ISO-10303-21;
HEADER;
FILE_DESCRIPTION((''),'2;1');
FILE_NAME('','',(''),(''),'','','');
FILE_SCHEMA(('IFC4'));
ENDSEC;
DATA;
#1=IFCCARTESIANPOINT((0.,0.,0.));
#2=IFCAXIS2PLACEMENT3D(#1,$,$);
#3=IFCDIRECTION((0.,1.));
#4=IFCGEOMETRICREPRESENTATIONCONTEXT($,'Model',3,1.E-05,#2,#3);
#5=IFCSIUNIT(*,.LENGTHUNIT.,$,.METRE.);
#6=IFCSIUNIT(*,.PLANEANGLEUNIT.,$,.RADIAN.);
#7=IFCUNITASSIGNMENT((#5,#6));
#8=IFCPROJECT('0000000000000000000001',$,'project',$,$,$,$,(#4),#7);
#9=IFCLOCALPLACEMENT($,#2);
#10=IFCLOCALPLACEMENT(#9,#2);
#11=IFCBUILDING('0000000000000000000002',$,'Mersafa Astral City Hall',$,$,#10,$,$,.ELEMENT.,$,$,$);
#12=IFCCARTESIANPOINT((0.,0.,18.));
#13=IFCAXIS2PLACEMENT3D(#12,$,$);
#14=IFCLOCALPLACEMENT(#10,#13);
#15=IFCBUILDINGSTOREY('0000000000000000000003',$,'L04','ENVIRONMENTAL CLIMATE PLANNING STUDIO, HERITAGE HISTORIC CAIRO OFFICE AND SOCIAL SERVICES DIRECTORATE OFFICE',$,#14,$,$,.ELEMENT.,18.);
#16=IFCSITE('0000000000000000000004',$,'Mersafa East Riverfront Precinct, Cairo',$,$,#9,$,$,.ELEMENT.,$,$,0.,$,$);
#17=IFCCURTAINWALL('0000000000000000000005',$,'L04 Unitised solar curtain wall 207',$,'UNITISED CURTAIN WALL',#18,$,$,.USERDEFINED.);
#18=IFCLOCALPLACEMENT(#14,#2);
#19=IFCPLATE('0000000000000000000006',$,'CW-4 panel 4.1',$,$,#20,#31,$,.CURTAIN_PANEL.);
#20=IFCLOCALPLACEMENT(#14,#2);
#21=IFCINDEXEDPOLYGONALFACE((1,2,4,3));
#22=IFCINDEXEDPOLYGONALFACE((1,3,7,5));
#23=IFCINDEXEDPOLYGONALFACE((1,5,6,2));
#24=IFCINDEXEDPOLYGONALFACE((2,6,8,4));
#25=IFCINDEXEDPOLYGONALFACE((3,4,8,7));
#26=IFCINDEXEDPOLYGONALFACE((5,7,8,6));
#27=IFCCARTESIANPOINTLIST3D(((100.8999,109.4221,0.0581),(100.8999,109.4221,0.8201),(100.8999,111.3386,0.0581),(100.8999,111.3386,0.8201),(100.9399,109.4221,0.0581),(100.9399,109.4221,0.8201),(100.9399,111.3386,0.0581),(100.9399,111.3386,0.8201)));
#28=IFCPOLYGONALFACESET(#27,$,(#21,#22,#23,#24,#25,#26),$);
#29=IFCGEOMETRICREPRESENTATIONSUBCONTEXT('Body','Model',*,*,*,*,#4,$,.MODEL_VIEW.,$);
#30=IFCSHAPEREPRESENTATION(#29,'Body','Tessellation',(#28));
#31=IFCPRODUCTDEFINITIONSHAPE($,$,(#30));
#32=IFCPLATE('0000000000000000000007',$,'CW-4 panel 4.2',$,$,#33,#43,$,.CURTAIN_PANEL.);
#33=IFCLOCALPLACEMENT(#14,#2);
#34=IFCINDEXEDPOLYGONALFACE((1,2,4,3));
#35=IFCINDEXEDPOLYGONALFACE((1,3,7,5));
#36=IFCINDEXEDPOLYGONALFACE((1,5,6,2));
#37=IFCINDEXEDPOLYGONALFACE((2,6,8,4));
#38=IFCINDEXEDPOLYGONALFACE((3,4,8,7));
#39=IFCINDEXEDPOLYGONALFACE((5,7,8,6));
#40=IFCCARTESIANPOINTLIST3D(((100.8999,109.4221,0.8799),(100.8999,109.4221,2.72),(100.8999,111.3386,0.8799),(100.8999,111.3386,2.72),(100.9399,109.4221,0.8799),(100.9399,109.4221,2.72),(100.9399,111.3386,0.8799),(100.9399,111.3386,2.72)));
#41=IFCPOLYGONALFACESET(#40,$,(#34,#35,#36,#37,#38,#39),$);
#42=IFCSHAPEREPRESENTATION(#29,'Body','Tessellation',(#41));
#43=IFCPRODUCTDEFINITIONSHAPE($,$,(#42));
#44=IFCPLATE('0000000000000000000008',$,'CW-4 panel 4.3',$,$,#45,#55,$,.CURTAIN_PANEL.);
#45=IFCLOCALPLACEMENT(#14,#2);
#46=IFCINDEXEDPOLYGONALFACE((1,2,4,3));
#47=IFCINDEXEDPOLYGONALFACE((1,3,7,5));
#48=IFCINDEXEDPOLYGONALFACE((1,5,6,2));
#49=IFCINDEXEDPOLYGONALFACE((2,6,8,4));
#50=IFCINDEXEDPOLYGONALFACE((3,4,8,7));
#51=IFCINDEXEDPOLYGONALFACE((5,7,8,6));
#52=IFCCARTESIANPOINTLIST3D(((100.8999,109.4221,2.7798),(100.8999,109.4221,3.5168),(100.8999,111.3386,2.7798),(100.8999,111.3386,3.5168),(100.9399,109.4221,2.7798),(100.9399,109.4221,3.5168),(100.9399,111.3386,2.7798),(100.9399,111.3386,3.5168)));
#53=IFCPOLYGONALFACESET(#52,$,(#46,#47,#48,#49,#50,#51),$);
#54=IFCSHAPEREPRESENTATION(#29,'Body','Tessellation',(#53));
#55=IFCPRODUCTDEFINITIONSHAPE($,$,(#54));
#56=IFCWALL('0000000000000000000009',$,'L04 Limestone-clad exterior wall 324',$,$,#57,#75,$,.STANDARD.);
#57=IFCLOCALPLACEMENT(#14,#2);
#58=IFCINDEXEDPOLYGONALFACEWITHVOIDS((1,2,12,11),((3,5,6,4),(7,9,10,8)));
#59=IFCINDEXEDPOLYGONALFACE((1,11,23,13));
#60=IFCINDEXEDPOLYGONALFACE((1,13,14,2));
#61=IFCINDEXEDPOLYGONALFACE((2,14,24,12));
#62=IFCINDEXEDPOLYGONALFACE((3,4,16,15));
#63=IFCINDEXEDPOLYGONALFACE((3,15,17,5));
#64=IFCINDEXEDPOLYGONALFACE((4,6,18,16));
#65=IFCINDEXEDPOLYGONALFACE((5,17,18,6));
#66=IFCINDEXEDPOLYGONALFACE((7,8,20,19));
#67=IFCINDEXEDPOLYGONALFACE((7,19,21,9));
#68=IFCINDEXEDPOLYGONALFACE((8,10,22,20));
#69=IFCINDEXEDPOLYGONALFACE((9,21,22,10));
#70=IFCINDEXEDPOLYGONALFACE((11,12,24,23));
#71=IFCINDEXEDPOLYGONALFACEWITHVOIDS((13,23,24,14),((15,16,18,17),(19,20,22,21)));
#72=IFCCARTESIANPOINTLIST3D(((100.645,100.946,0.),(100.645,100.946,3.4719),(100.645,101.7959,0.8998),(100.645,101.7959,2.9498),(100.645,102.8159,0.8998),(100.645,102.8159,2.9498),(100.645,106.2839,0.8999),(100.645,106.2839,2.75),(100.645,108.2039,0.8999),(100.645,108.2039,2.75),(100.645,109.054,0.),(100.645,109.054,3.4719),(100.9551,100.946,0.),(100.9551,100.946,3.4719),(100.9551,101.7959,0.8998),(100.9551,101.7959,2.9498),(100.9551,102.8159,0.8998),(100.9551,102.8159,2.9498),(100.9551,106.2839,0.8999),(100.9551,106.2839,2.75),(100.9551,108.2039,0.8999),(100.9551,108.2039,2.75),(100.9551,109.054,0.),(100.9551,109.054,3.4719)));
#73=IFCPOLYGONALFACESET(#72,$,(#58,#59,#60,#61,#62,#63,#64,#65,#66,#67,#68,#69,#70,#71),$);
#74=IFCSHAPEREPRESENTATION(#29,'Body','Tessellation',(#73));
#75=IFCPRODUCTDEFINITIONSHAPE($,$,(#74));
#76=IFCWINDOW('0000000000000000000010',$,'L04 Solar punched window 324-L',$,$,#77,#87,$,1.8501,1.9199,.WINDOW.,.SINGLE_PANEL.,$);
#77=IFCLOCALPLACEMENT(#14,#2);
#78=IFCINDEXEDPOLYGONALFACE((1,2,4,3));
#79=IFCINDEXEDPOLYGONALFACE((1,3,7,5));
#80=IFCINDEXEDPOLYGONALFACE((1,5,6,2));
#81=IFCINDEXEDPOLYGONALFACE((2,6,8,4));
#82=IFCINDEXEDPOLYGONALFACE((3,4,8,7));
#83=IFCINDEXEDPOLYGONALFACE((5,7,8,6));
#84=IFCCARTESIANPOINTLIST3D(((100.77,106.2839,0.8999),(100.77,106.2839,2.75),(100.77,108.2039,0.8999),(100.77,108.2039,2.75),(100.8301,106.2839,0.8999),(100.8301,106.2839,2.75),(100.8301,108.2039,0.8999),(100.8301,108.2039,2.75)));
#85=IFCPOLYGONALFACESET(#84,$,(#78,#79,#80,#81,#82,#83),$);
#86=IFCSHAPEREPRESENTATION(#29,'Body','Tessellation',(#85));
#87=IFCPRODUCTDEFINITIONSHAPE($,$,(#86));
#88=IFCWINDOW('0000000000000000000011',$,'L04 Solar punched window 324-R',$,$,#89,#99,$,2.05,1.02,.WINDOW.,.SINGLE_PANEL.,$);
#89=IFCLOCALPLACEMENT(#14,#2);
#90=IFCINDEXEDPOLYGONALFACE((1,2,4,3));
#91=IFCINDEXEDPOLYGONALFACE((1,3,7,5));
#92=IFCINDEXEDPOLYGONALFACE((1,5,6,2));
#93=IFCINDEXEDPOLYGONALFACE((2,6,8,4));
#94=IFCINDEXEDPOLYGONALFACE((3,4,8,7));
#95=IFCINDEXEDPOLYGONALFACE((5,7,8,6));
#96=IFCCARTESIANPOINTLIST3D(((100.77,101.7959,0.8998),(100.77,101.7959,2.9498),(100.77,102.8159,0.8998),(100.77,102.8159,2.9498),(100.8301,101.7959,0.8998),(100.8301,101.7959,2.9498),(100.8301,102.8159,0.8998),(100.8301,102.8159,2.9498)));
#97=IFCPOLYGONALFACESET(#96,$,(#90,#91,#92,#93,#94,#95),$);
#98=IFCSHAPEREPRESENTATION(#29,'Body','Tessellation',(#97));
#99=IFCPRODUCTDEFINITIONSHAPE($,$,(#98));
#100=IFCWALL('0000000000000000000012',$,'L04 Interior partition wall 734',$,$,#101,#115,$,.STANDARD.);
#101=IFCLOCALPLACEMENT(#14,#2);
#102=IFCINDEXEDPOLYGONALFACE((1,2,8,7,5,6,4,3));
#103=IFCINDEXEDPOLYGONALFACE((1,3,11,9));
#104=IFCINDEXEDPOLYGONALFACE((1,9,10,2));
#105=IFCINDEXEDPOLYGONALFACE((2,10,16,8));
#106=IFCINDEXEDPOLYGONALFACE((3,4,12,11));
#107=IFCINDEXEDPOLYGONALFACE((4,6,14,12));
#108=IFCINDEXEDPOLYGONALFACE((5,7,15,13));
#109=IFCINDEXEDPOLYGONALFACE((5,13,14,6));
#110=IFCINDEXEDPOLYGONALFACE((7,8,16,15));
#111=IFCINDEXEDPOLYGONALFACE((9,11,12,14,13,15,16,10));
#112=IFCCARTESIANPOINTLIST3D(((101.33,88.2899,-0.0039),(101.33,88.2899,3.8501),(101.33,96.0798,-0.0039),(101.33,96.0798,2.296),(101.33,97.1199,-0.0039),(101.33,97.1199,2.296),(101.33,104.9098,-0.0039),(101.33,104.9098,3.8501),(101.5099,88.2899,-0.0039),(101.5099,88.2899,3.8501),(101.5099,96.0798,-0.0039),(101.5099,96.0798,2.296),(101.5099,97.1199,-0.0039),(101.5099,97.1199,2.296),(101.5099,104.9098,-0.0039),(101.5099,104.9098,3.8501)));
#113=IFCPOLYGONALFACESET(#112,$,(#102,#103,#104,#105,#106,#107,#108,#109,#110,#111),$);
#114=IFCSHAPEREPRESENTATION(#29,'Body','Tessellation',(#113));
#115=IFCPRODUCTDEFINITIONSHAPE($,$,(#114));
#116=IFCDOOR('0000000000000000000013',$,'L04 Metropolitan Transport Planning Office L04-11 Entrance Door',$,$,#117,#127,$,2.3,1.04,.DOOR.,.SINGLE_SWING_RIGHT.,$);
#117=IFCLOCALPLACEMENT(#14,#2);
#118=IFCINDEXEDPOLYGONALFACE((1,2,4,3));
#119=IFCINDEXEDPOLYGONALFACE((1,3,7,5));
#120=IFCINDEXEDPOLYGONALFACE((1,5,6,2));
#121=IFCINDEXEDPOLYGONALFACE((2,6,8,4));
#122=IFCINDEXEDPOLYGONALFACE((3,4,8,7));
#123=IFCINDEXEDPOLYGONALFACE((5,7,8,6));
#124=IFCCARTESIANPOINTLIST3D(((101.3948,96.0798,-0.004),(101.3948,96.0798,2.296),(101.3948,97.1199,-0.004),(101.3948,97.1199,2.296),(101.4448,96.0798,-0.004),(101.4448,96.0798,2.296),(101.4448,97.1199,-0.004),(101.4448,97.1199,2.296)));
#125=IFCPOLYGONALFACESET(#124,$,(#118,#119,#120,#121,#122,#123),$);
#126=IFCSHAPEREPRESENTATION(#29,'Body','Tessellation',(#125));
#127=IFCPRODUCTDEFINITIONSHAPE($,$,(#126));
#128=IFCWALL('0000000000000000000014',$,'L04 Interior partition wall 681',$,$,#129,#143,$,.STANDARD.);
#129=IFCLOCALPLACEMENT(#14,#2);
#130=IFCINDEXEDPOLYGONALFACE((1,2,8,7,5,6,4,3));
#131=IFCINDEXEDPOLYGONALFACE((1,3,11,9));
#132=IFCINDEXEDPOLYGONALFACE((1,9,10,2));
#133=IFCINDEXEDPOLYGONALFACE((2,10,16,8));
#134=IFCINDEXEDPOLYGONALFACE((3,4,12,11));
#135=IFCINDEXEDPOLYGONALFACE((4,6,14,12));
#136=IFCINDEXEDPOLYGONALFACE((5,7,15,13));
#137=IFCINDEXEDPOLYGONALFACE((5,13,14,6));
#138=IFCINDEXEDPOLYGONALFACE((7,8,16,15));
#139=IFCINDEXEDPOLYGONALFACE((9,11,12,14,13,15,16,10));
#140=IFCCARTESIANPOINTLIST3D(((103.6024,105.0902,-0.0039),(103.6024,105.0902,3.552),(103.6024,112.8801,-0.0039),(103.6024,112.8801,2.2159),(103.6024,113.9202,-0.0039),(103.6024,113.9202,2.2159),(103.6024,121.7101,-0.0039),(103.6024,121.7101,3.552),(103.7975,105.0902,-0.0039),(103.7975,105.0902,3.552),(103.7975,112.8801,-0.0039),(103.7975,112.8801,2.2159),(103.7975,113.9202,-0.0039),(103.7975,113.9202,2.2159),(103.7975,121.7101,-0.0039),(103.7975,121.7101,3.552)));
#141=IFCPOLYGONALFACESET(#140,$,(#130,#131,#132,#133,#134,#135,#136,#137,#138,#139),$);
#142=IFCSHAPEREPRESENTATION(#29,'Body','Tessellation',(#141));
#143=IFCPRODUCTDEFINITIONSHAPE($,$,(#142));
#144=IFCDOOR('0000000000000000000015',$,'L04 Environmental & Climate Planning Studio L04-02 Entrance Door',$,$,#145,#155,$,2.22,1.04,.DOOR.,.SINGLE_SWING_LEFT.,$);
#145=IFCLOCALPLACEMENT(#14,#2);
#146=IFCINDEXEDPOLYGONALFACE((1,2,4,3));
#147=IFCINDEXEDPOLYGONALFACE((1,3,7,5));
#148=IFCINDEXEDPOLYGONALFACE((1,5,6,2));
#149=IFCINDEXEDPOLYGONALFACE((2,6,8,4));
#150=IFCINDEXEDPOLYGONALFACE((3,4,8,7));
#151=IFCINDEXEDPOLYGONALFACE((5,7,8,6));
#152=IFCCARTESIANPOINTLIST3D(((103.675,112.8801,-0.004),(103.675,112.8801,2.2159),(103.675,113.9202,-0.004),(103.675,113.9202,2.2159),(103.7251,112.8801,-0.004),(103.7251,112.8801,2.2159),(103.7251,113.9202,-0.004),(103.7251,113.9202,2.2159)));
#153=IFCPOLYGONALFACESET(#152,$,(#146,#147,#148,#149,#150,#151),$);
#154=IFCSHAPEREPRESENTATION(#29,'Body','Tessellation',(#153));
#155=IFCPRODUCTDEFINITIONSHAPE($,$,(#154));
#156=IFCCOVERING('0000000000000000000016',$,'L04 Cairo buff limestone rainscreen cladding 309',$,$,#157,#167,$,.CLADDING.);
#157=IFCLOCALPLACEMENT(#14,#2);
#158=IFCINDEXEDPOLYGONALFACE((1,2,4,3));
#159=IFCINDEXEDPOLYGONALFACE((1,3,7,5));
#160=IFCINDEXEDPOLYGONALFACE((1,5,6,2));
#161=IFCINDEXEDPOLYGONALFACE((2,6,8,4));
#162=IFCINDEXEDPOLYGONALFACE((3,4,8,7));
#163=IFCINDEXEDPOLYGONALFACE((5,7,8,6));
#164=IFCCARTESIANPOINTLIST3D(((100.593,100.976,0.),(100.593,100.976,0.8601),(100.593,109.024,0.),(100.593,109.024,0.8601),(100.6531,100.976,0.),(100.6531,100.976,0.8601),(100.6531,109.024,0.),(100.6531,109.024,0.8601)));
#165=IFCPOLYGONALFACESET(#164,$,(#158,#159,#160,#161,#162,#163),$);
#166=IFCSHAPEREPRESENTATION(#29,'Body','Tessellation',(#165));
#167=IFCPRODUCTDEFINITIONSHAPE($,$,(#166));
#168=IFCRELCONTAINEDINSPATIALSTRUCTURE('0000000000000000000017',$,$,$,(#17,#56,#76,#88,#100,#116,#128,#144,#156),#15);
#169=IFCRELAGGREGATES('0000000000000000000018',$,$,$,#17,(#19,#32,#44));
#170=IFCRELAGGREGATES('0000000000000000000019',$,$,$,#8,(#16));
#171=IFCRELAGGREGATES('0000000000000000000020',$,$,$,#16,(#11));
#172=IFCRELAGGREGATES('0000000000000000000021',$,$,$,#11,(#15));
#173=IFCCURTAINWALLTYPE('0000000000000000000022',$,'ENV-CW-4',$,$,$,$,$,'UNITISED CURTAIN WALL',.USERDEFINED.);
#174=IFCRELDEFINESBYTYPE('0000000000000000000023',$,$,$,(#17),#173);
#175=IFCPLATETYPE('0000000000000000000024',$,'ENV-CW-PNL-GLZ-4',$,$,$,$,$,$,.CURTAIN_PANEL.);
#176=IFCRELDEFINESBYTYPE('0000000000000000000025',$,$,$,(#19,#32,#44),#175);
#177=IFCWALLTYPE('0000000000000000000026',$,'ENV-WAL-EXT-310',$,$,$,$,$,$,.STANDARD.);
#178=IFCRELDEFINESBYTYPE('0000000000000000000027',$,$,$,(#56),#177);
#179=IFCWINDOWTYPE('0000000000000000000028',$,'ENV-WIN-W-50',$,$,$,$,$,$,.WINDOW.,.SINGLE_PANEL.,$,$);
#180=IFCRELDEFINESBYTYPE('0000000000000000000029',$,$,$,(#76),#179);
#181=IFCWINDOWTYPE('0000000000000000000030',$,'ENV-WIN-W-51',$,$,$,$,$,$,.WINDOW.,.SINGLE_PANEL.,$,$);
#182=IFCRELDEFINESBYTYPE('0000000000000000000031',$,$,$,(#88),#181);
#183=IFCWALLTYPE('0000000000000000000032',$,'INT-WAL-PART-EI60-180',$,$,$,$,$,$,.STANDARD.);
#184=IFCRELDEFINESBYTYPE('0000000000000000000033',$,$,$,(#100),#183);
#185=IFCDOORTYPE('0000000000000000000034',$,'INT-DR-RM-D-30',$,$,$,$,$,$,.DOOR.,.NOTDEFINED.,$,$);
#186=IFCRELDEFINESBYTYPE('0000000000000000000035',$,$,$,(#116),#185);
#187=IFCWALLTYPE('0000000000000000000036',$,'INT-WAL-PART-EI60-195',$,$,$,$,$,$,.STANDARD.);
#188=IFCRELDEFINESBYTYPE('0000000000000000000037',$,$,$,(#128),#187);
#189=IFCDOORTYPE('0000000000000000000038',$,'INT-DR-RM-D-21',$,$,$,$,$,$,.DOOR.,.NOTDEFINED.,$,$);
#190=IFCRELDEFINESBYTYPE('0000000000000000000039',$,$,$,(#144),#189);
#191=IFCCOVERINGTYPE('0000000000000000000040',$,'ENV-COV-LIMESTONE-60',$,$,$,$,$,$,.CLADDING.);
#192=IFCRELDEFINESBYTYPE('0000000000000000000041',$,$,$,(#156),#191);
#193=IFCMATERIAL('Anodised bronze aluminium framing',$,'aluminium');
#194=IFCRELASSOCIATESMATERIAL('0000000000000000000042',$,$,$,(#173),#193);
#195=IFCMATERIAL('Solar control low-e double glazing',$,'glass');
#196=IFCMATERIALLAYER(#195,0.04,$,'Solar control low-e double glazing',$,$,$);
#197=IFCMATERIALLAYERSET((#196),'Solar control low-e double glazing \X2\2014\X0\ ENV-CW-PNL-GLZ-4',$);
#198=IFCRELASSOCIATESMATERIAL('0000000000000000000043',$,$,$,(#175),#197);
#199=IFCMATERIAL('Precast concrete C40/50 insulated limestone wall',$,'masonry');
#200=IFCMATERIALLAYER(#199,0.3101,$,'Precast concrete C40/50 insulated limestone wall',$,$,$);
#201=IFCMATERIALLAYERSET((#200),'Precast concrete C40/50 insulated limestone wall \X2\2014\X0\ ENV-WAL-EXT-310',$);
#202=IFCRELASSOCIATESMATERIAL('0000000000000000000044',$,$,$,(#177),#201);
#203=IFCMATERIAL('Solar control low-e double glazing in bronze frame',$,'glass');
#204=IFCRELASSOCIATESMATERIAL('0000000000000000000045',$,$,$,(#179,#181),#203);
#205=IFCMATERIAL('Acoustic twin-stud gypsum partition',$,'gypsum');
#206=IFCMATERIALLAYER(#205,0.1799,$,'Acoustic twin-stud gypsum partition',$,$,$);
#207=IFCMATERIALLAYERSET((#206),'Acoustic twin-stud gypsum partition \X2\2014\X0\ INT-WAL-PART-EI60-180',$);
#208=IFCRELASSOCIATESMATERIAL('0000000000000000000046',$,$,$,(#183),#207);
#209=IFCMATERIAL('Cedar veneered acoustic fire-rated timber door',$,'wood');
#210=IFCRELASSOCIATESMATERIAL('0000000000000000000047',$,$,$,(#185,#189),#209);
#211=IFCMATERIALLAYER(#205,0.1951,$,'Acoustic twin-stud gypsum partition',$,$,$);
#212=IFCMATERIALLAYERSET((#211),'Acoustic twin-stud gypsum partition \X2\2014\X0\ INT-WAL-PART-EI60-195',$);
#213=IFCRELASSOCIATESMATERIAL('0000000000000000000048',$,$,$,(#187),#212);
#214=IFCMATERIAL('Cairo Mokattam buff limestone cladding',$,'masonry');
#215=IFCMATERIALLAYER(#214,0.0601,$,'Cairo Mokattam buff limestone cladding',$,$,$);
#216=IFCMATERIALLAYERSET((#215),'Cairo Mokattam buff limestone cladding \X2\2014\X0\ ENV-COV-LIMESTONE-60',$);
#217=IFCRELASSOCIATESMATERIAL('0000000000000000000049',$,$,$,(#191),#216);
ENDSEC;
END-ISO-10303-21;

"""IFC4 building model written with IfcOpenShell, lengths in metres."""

from ifc_helpers import new_model, si_unit, direction, frame, frame_2d, origin, origin_2d, place, context, subcontext, project, spatial, rectangle, extrude, material, layer, layer_set, type_object, element, fill, aggregate, save


model = new_model("IFC4")

# Units and contexts
model_context = context("Model", 3, precision=1e-05, world=origin(), true_north=direction((0.0, 1.0)))
body_context = subcontext(model_context, "Body", "Model", "MODEL_VIEW")
ifc_project = project(units=[si_unit("LENGTHUNIT", "METRE"), si_unit("PLANEANGLEUNIT", "RADIAN")], contexts=[model_context])

# Site, building, storey
site_placement = place(None, origin())
site = spatial("IfcSite", under=ifc_project, at=site_placement, Name="Mersafa East Riverfront Precinct, Cairo", CompositionType="ELEMENT", RefElevation=0.0)
building_placement = place(site_placement, origin())
building = spatial("IfcBuilding", under=site, at=building_placement, Name="Mersafa Astral City Hall", CompositionType="ELEMENT")
storey_placement = place(building_placement, frame((0.0, 0.0, 18.0)))
storey = spatial("IfcBuildingStorey", under=building, at=storey_placement, Name="L04", Description="ENVIRONMENTAL CLIMATE PLANNING STUDIO, HERITAGE HISTORIC CAIRO OFFICE AND SOCIAL SERVICES DIRECTORATE OFFICE", CompositionType="ELEMENT", Elevation=18.0)

# Curtain wall
ifc_material_1 = material(Name="Anodised bronze aluminium framing", Category="aluminium")
curtain_wall_type = type_object("IfcCurtainWallType", Name="ENV-CW-4", ElementType="UNITISED CURTAIN WALL", PredefinedType="USERDEFINED", material=ifc_material_1)
curtain_wall_placement = place(storey_placement, origin())
curtain_wall = element("IfcCurtainWall", 1, at=curtain_wall_placement, inside=storey, type_object=curtain_wall_type, Name="L04 Unitised solar curtain wall 207", ObjectType="UNITISED CURTAIN WALL", PredefinedType="USERDEFINED")

# Plates
ifc_material_2 = material(Name="Solar control low-e double glazing", Category="glass")
ifc_layer_1 = layer(ifc_material_2, 0.04, Name="Solar control low-e double glazing")
ifc_layer_set_1 = layer_set([ifc_layer_1], Name="Solar control low-e double glazing — ENV-CW-PNL-GLZ-4")
plate_type = type_object("IfcPlateType", Name="ENV-CW-PNL-GLZ-4", PredefinedType="CURTAIN_PANEL", material=ifc_layer_set_1)
plate_1_placement = place(storey_placement, frame((100.9199, 110.3804, 0.0581), z_axis=(0.0, 0.0, 1.0), x_axis=(0.0, -1.0, 0.0)))
plate_1 = element("IfcPlate", 2, at=plate_1_placement, type_object=plate_type, Name="CW-4 panel 4.1", PredefinedType="CURTAIN_PANEL", context=body_context, shape_type="SweptSolid", body=[
    extrude(rectangle(XDim=1.9165, YDim=0.04, at=origin_2d()), origin(), (0.0, 0.0, 1.0), 0.762),
])
plate_2_placement = place(storey_placement, frame((100.9199, 110.3804, 0.8799), z_axis=(0.0, 0.0, 1.0), x_axis=(0.0, -1.0, 0.0)))
plate_2 = element("IfcPlate", 3, at=plate_2_placement, type_object=plate_type, Name="CW-4 panel 4.2", PredefinedType="CURTAIN_PANEL", context=body_context, shape_type="SweptSolid", body=[
    extrude(rectangle(XDim=1.9165, YDim=0.04, at=origin_2d()), origin(), (0.0, 0.0, 1.0), 1.8401),
])
plate_3_placement = place(storey_placement, frame((100.9199, 110.3804, 2.7798), z_axis=(0.0, 0.0, 1.0), x_axis=(0.0, -1.0, 0.0)))
plate_3 = element("IfcPlate", 4, at=plate_3_placement, type_object=plate_type, Name="CW-4 panel 4.3", PredefinedType="CURTAIN_PANEL", context=body_context, shape_type="SweptSolid", body=[
    extrude(rectangle(XDim=1.9165, YDim=0.04, at=origin_2d()), origin(), (0.0, 0.0, 1.0), 0.7371),
])
aggregate(curtain_wall, [plate_1, plate_2, plate_3])

# Wall, openings, windows
ifc_material_3 = material(Name="Precast concrete C40/50 insulated limestone wall", Category="masonry")
ifc_layer_2 = layer(ifc_material_3, 0.3101, Name="Precast concrete C40/50 insulated limestone wall")
ifc_layer_set_2 = layer_set([ifc_layer_2], Name="Precast concrete C40/50 insulated limestone wall — ENV-WAL-EXT-310")
wall_type_1 = type_object("IfcWallType", Name="ENV-WAL-EXT-310", PredefinedType="STANDARD", material=ifc_layer_set_2)
wall_1_placement = place(storey_placement, frame((100.8, 109.054, 0.0), z_axis=(0.0, 0.0, 1.0), x_axis=(0.0, -1.0, 0.0)))
wall_1 = element("IfcWall", 5, at=wall_1_placement, inside=storey, type_object=wall_type_1, Name="L04 Limestone-clad exterior wall 324", PredefinedType="STANDARD", context=body_context, shape_type="SweptSolid", body=[
    extrude(rectangle(XDim=8.1079, YDim=0.3101, at=frame_2d((4.054, 0.0))), origin(), (0.0, 0.0, 1.0), 3.4719),
])
opening_1_placement = place(wall_1_placement, frame((0.8501, 0.0, 0.8999)))
opening_1 = element("IfcOpeningElement", 6, at=opening_1_placement, cuts=wall_1, PredefinedType="OPENING", context=body_context, shape_type="SweptSolid", body=[
    extrude(rectangle(XDim=1.9199, YDim=1.8501, at=frame_2d((0.96, 0.925))), frame((0.0, 0.165, 0.0), z_axis=(0.0, -1.0, 0.0), x_axis=(1.0, 0.0, 0.0)), (0.0, 0.0, 1.0), 0.3301),
])
opening_2_placement = place(wall_1_placement, frame((6.238, 0.0, 0.8999)))
opening_2 = element("IfcOpeningElement", 7, at=opening_2_placement, cuts=wall_1, PredefinedType="OPENING", context=body_context, shape_type="SweptSolid", body=[
    extrude(rectangle(XDim=1.02, YDim=2.05, at=frame_2d((0.51, 1.0249))), frame((0.0, 0.165, 0.0), z_axis=(0.0, -1.0, 0.0), x_axis=(1.0, 0.0, 0.0)), (0.0, 0.0, 1.0), 0.3301),
])
ifc_material_4 = material(Name="Solar control low-e double glazing in bronze frame", Category="glass")
window_type_1 = type_object("IfcWindowType", Name="ENV-WIN-W-50", PartitioningType="SINGLE_PANEL", PredefinedType="WINDOW", material=ifc_material_4)
window_1_placement = place(opening_1_placement, origin())
window_1 = element("IfcWindow", 8, at=window_1_placement, inside=storey, type_object=window_type_1, Name="L04 Solar punched window 324-L", OverallHeight=1.8501, OverallWidth=1.9199, PartitioningType="SINGLE_PANEL", PredefinedType="WINDOW", context=body_context, shape_type="SweptSolid", body=[
    extrude(rectangle(XDim=1.9199, YDim=1.8501, at=frame_2d((0.96, 0.925))), frame((0.0, 0.03, 0.0), z_axis=(0.0, -1.0, 0.0), x_axis=(1.0, 0.0, 0.0)), (0.0, 0.0, 1.0), 0.0601),
])
fill(opening_1, window_1)
window_type_2 = type_object("IfcWindowType", Name="ENV-WIN-W-51", PartitioningType="SINGLE_PANEL", PredefinedType="WINDOW", material=ifc_material_4)
window_2_placement = place(opening_2_placement, origin())
window_2 = element("IfcWindow", 9, at=window_2_placement, inside=storey, type_object=window_type_2, Name="L04 Solar punched window 324-R", OverallHeight=2.05, OverallWidth=1.02, PartitioningType="SINGLE_PANEL", PredefinedType="WINDOW", context=body_context, shape_type="SweptSolid", body=[
    extrude(rectangle(XDim=1.02, YDim=2.05, at=frame_2d((0.51, 1.0249))), frame((0.0, 0.03, 0.0), z_axis=(0.0, -1.0, 0.0), x_axis=(1.0, 0.0, 0.0)), (0.0, 0.0, 1.0), 0.0601),
])
fill(opening_2, window_2)

# Walls, openings, doors
ifc_material_5 = material(Name="Acoustic twin-stud gypsum partition", Category="gypsum")
ifc_layer_3 = layer(ifc_material_5, 0.1799, Name="Acoustic twin-stud gypsum partition")
ifc_layer_set_3 = layer_set([ifc_layer_3], Name="Acoustic twin-stud gypsum partition — INT-WAL-PART-EI60-180")
wall_type_2 = type_object("IfcWallType", Name="INT-WAL-PART-EI60-180", PredefinedType="STANDARD", material=ifc_layer_set_3)
wall_2_placement = place(storey_placement, frame((101.4199, 104.9099, -0.0039), z_axis=(0.0, 0.0, 1.0), x_axis=(0.0, -1.0, 0.0)))
wall_2 = element("IfcWall", 10, at=wall_2_placement, inside=storey, type_object=wall_type_2, Name="L04 Interior partition wall 734", PredefinedType="STANDARD", context=body_context, shape_type="SweptSolid", body=[
    extrude(rectangle(XDim=16.6199, YDim=0.1799, at=frame_2d((8.3101, 0.0))), origin(), (0.0, 0.0, 1.0), 3.854),
])
opening_3_placement = place(wall_2_placement, frame((7.79, 0.0, 0.0)))
opening_3 = element("IfcOpeningElement", 11, at=opening_3_placement, cuts=wall_2, PredefinedType="OPENING", context=body_context, shape_type="SweptSolid", body=[
    extrude(rectangle(XDim=1.04, YDim=2.3, at=frame_2d((0.52, 1.1499))), frame((0.0, 0.0999, 0.0), z_axis=(0.0, -1.0, 0.0), x_axis=(1.0, 0.0, 0.0)), (0.0, 0.0, 1.0), 0.2),
])
ifc_material_6 = material(Name="Cedar veneered acoustic fire-rated timber door", Category="wood")
door_type_1 = type_object("IfcDoorType", Name="INT-DR-RM-D-30", OperationType="NOTDEFINED", PredefinedType="DOOR", material=ifc_material_6)
door_1_placement = place(opening_3_placement, origin())
door_1 = element("IfcDoor", 12, at=door_1_placement, inside=storey, type_object=door_type_1, Name="L04 Metropolitan Transport Planning Office L04-11 Entrance Door", OperationType="SINGLE_SWING_RIGHT", OverallHeight=2.3, OverallWidth=1.04, PredefinedType="DOOR", context=body_context, shape_type="SweptSolid", body=[
    extrude(rectangle(XDim=1.04, YDim=2.3, at=frame_2d((0.52, 1.1499))), frame((0.0, 0.0249, 0.0), z_axis=(0.0, -1.0, 0.0), x_axis=(1.0, 0.0, 0.0)), (0.0, 0.0, 1.0), 0.05),
])
fill(opening_3, door_1)
ifc_layer_4 = layer(ifc_material_5, 0.1951, Name="Acoustic twin-stud gypsum partition")
ifc_layer_set_4 = layer_set([ifc_layer_4], Name="Acoustic twin-stud gypsum partition — INT-WAL-PART-EI60-195")
wall_type_3 = type_object("IfcWallType", Name="INT-WAL-PART-EI60-195", PredefinedType="STANDARD", material=ifc_layer_set_4)
wall_3_placement = place(storey_placement, frame((103.7, 105.0901, -0.0039), z_axis=(0.0, 0.0, 1.0), x_axis=(0.0, 1.0, 0.0)))
wall_3 = element("IfcWall", 13, at=wall_3_placement, inside=storey, type_object=wall_type_3, Name="L04 Interior partition wall 681", PredefinedType="STANDARD", context=body_context, shape_type="SweptSolid", body=[
    extrude(rectangle(XDim=16.6199, YDim=0.1951, at=frame_2d((8.3101, 0.0))), origin(), (0.0, 0.0, 1.0), 3.5559),
])
opening_4_placement = place(wall_3_placement, frame((7.79, 0.0, 0.0)))
opening_4 = element("IfcOpeningElement", 14, at=opening_4_placement, cuts=wall_3, PredefinedType="OPENING", context=body_context, shape_type="SweptSolid", body=[
    extrude(rectangle(XDim=1.04, YDim=2.22, at=frame_2d((0.52, 1.1099))), frame((0.0, 0.1074, 0.0), z_axis=(0.0, -1.0, 0.0), x_axis=(1.0, 0.0, 0.0)), (0.0, 0.0, 1.0), 0.2151),
])
door_type_2 = type_object("IfcDoorType", Name="INT-DR-RM-D-21", OperationType="NOTDEFINED", PredefinedType="DOOR", material=ifc_material_6)
door_2_placement = place(opening_4_placement, origin())
door_2 = element("IfcDoor", 15, at=door_2_placement, inside=storey, type_object=door_type_2, Name="L04 Environmental & Climate Planning Studio L04-02 Entrance Door", OperationType="SINGLE_SWING_LEFT", OverallHeight=2.22, OverallWidth=1.04, PredefinedType="DOOR", context=body_context, shape_type="SweptSolid", body=[
    extrude(rectangle(XDim=1.04, YDim=2.22, at=frame_2d((0.52, 1.1099))), frame((0.0, 0.0249, 0.0), z_axis=(0.0, -1.0, 0.0), x_axis=(1.0, 0.0, 0.0)), (0.0, 0.0, 1.0), 0.05),
])
fill(opening_4, door_2)

# Covering
ifc_material_7 = material(Name="Cairo Mokattam buff limestone cladding", Category="masonry")
ifc_layer_5 = layer(ifc_material_7, 0.0601, Name="Cairo Mokattam buff limestone cladding")
ifc_layer_set_5 = layer_set([ifc_layer_5], Name="Cairo Mokattam buff limestone cladding — ENV-COV-LIMESTONE-60")
covering_type = type_object("IfcCoveringType", Name="ENV-COV-LIMESTONE-60", PredefinedType="CLADDING", material=ifc_layer_set_5)
covering_placement = place(storey_placement, frame((100.623, 105.0, 0.0), z_axis=(0.0, 0.0, 1.0), x_axis=(0.0, -1.0, 0.0)))
element("IfcCovering", 16, at=covering_placement, inside=storey, type_object=covering_type, Name="L04 Cairo buff limestone rainscreen cladding 309", PredefinedType="CLADDING", context=body_context, shape_type="SweptSolid", body=[
    extrude(rectangle(XDim=8.0481, YDim=0.0601, at=origin_2d()), origin(), (0.0, 0.0, 1.0), 0.8601),
])

save(model, "model.ifc")
